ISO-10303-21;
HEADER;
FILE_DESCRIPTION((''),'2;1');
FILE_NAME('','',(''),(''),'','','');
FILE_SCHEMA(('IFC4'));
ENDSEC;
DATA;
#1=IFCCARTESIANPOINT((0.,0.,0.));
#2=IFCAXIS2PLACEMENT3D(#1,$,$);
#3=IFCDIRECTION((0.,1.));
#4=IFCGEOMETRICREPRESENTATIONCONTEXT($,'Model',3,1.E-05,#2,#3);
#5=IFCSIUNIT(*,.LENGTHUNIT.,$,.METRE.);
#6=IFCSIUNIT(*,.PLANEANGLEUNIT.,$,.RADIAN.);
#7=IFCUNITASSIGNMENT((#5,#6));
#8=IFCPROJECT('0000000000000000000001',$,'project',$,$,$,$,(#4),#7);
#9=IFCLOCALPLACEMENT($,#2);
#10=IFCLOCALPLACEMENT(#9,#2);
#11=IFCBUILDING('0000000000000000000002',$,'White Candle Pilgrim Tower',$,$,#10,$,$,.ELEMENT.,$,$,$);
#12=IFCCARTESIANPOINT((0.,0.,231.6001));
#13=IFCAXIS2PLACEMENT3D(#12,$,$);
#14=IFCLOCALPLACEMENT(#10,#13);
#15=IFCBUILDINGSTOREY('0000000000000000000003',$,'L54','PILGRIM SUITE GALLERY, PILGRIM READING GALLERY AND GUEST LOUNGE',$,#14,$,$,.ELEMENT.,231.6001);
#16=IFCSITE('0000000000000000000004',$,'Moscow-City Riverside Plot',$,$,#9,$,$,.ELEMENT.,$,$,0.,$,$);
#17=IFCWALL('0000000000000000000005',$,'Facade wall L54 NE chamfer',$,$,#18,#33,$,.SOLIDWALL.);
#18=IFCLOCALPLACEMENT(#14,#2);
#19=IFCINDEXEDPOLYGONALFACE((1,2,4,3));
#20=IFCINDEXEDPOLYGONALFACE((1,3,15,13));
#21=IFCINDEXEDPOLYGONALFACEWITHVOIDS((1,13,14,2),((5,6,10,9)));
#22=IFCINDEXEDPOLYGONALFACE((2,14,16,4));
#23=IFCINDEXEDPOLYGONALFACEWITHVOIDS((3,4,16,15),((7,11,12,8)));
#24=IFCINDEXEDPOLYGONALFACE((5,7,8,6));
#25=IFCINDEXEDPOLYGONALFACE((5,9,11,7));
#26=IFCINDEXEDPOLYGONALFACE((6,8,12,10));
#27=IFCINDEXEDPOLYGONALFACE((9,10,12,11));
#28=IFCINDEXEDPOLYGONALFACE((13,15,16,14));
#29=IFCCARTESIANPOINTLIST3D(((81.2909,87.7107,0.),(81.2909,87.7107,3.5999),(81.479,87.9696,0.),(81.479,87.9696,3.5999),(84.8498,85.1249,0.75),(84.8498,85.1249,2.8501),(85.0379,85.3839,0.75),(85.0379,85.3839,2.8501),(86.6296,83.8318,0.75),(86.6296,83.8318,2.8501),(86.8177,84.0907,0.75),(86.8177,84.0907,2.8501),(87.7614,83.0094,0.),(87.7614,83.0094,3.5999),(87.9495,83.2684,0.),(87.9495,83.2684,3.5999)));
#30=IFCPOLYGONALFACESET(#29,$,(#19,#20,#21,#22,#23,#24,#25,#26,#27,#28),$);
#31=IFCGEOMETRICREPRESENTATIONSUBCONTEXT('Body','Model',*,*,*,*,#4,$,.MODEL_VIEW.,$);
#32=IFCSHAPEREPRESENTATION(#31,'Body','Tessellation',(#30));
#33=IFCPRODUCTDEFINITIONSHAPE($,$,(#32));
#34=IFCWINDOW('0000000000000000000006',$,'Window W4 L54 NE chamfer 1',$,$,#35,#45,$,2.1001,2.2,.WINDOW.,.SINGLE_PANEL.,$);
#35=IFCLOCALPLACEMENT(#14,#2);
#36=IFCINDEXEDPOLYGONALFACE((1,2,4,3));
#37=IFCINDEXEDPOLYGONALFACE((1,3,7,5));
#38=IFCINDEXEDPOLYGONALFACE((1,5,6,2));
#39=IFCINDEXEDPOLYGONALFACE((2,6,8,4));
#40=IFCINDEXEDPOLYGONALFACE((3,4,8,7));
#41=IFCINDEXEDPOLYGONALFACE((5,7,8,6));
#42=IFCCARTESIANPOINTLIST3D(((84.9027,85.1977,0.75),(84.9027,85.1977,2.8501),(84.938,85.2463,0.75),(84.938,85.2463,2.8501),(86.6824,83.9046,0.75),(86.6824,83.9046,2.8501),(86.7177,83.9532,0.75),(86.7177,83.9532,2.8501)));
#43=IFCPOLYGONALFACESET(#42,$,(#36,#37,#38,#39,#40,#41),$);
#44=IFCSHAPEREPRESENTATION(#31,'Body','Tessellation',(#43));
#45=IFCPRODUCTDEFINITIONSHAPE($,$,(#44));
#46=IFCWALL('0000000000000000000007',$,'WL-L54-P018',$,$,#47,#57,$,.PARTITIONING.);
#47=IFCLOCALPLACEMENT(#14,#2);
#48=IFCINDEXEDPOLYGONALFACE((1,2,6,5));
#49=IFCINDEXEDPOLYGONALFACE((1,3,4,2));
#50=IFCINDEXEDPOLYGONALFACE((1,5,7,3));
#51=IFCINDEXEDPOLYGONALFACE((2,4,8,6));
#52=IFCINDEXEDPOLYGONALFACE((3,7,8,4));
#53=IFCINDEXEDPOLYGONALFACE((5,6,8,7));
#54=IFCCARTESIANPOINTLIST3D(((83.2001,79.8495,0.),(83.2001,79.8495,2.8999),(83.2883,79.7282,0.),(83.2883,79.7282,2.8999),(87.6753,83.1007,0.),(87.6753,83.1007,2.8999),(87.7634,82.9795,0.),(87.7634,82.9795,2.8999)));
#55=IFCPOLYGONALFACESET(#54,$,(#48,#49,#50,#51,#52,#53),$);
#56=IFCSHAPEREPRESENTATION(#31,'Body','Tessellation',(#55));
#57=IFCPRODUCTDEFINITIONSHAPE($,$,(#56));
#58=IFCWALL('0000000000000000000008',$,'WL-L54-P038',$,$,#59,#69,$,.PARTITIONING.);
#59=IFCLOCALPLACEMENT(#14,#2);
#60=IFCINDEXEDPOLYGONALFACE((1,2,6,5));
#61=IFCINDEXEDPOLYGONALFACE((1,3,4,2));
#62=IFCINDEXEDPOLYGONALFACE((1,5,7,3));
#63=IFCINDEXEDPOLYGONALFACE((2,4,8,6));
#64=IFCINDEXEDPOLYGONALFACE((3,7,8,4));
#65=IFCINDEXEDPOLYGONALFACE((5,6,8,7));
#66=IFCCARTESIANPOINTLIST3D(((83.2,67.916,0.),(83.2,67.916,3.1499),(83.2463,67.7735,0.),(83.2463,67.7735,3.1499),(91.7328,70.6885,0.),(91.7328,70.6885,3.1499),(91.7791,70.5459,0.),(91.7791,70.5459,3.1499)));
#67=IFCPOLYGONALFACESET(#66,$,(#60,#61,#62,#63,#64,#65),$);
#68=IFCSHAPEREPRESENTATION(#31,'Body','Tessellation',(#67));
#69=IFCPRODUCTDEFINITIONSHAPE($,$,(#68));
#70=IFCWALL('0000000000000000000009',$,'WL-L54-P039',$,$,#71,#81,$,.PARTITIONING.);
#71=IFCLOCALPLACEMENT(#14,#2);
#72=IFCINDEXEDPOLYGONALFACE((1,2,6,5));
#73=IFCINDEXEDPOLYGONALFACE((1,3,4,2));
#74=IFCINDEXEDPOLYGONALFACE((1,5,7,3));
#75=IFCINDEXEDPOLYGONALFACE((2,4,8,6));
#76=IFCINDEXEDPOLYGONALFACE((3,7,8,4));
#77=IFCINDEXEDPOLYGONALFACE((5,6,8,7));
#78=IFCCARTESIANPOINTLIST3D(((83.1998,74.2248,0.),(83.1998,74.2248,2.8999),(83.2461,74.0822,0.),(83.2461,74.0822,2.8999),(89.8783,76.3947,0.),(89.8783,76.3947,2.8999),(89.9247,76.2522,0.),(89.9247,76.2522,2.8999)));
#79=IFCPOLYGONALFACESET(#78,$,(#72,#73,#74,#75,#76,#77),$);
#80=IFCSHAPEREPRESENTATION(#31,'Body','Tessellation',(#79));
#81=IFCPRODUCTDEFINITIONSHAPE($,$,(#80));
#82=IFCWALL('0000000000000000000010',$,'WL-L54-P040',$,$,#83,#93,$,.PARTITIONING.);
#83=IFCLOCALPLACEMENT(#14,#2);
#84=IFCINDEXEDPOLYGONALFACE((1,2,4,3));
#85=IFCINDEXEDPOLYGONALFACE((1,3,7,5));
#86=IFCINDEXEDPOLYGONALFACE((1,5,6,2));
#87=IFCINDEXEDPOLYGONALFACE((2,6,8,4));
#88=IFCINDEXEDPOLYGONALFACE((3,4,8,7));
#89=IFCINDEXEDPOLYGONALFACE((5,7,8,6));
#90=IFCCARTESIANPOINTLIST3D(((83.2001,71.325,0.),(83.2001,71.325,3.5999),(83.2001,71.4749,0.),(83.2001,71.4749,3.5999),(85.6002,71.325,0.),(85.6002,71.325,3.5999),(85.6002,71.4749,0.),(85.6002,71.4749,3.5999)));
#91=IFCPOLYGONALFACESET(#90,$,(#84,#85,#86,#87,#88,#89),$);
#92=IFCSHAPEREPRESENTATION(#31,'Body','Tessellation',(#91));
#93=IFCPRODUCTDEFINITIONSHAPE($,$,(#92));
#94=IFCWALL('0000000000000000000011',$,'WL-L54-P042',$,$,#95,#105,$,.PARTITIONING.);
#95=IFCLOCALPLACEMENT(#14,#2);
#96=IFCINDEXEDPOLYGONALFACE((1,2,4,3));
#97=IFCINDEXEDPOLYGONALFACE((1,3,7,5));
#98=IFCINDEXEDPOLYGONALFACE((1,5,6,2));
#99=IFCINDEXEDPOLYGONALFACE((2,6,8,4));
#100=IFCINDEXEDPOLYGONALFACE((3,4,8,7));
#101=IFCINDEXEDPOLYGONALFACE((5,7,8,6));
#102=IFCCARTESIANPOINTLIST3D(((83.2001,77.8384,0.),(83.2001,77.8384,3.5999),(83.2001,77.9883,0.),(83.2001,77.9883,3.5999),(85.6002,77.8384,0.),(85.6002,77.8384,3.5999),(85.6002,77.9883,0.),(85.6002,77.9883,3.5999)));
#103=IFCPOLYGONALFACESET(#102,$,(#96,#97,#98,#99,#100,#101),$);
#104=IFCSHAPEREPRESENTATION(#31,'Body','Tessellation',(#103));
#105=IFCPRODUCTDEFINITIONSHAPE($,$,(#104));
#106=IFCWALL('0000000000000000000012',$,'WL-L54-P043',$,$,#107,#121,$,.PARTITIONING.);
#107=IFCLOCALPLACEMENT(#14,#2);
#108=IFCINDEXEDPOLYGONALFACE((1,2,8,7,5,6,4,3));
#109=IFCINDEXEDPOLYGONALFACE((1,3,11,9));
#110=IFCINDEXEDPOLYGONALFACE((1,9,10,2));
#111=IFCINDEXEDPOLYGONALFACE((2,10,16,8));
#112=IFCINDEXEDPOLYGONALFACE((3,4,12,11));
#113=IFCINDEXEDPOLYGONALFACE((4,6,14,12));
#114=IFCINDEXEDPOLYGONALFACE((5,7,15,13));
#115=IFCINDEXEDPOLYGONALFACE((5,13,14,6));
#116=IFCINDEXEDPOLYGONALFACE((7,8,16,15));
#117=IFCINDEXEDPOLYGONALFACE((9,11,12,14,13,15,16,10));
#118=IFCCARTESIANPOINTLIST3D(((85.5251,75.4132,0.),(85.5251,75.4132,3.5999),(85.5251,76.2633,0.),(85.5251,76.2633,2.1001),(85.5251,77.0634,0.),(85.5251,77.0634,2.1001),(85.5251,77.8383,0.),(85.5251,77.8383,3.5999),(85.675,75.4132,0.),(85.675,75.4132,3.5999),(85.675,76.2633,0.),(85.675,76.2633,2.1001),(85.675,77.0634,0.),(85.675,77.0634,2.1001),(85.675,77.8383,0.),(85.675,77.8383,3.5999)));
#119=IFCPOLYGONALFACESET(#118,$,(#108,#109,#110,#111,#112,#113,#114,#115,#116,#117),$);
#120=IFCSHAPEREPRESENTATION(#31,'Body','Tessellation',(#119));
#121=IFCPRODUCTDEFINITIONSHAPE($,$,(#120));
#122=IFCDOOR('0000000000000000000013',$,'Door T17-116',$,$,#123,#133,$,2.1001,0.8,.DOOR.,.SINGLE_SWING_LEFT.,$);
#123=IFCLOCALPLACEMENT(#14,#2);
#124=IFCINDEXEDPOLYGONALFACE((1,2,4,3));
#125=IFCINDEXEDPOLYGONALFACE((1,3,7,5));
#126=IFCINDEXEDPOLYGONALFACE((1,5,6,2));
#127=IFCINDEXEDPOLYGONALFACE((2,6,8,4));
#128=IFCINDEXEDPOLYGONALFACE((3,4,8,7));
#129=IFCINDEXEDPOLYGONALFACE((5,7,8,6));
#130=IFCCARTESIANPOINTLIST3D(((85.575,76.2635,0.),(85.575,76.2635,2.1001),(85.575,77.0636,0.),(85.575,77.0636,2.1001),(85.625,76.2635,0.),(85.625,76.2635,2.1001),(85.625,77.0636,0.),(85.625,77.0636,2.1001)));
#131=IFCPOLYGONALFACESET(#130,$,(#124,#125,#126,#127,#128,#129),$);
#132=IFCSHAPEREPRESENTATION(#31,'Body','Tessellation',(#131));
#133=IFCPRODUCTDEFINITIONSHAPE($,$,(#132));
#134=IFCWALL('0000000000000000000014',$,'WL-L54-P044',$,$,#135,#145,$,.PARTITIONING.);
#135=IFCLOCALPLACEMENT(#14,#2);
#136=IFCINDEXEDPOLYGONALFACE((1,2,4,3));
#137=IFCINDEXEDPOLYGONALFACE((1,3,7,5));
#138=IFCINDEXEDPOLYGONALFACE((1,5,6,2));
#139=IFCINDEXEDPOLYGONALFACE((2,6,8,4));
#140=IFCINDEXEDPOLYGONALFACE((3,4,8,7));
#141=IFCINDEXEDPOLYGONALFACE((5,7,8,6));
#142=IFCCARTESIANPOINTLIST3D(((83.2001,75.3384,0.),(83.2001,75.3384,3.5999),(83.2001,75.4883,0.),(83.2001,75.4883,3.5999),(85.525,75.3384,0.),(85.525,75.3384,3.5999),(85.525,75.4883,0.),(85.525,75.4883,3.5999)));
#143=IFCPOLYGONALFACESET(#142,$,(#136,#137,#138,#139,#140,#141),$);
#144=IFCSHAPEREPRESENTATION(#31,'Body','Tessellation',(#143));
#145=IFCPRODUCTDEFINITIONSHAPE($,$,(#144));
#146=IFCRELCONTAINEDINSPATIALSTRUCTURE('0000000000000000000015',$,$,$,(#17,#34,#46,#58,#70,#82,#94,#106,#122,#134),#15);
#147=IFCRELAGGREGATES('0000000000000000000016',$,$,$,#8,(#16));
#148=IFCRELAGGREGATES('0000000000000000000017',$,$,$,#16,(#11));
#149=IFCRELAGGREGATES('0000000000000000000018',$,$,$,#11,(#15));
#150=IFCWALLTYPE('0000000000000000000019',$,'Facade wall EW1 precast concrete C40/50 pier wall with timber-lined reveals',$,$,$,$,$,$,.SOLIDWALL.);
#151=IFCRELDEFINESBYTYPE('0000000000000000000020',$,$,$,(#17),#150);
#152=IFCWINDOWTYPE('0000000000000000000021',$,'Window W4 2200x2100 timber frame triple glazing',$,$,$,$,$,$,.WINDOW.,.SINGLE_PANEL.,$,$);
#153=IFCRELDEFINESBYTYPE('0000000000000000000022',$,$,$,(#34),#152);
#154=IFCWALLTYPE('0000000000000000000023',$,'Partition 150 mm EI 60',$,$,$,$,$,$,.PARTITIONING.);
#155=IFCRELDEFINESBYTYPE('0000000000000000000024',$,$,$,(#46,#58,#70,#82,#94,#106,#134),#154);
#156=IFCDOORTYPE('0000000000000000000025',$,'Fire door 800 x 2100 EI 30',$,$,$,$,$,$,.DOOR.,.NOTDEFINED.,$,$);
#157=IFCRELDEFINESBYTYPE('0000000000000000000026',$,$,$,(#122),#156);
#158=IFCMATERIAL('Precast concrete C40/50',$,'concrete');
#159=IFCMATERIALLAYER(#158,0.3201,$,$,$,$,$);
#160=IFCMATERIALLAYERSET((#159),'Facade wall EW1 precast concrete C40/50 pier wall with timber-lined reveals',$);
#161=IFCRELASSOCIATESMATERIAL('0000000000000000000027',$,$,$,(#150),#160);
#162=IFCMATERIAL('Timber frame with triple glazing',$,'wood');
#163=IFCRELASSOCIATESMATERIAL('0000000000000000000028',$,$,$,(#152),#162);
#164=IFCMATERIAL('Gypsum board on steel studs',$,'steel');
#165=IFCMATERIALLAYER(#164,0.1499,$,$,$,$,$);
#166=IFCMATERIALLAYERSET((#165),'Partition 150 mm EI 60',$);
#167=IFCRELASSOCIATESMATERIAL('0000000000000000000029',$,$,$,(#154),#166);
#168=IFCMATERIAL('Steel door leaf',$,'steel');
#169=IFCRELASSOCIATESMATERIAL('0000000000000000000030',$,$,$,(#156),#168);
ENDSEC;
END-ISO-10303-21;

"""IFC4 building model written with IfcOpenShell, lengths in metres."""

from ifc_helpers import new_model, si_unit, direction, frame, frame_2d, origin, place, context, subcontext, project, spatial, rectangle, extrude, material, layer, layer_set, type_object, element, fill, save


model = new_model("IFC4")

# Units and contexts
model_context = context("Model", 3, precision=1e-05, world=origin(), true_north=direction((0.0, 1.0)))
body_context = subcontext(model_context, "Body", "Model", "MODEL_VIEW")
ifc_project = project(units=[si_unit("LENGTHUNIT", "METRE"), si_unit("PLANEANGLEUNIT", "RADIAN")], contexts=[model_context])

# Site, building, storey
site_placement = place(None, origin())
site = spatial("IfcSite", under=ifc_project, at=site_placement, Name="Moscow-City Riverside Plot", CompositionType="ELEMENT", RefElevation=0.0)
building_placement = place(site_placement, origin())
building = spatial("IfcBuilding", under=site, at=building_placement, Name="White Candle Pilgrim Tower", CompositionType="ELEMENT")
storey_placement = place(building_placement, frame((0.0, 0.0, 231.6001)))
storey = spatial("IfcBuildingStorey", under=building, at=storey_placement, Name="L54", Description="PILGRIM SUITE GALLERY, PILGRIM READING GALLERY AND GUEST LOUNGE", CompositionType="ELEMENT", Elevation=231.6001)

# Wall, opening, window
ifc_material_1 = material(Name="Precast concrete C40/50", Category="concrete")
ifc_layer_1 = layer(ifc_material_1, 0.3201)
ifc_layer_set_1 = layer_set([ifc_layer_1], Name="Facade wall EW1 precast concrete C40/50 pier wall with timber-lined reveals")
wall_type_1 = type_object("IfcWallType", Name="Facade wall EW1 precast concrete C40/50 pier wall with timber-lined reveals", PredefinedType="SOLIDWALL", material=ifc_layer_set_1)
wall_1_placement = place(storey_placement, frame((87.8555, 83.1389, 0.0), z_axis=(0.0, 0.0, 1.0), x_axis=(-0.809011, 0.587794, 0.0)))
wall_1 = element("IfcWall", 1, at=wall_1_placement, inside=storey, type_object=wall_type_1, Name="Facade wall L54 NE chamfer", PredefinedType="SOLIDWALL", context=body_context, shape_type="SweptSolid", body=[
    extrude(rectangle(XDim=7.998, YDim=0.3201, at=frame_2d((3.999, 0.0))), origin(), (0.0, 0.0, 1.0), 3.5999),
])
opening_1_placement = place(wall_1_placement, frame((1.3989, 0.0, 0.75)))
opening_1 = element("IfcOpeningElement", 2, at=opening_1_placement, cuts=wall_1, PredefinedType="OPENING", context=body_context, shape_type="SweptSolid", body=[
    extrude(rectangle(XDim=2.2, YDim=2.1001, at=frame_2d((1.1001, 1.05))), frame((0.0, 0.1699, 0.0), z_axis=(0.0, -1.0, 0.0), x_axis=(1.0, 0.0, 0.0)), (0.0, 0.0, 1.0), 0.3401),
])
ifc_material_2 = material(Name="Timber frame with triple glazing", Category="wood")
window_type = type_object("IfcWindowType", Name="Window W4 2200x2100 timber frame triple glazing", PartitioningType="SINGLE_PANEL", PredefinedType="WINDOW", material=ifc_material_2)
window_placement = place(opening_1_placement, origin())
window = element("IfcWindow", 3, at=window_placement, inside=storey, type_object=window_type, Name="Window W4 L54 NE chamfer 1", OverallHeight=2.1001, OverallWidth=2.2, PartitioningType="SINGLE_PANEL", PredefinedType="WINDOW", context=body_context, shape_type="SweptSolid", body=[
    extrude(rectangle(XDim=2.2, YDim=2.1001, at=frame_2d((1.1001, 1.05))), frame((0.0, 0.0701, 0.0), z_axis=(0.0, -1.0, 0.0), x_axis=(1.0, 0.0, 0.0)), (0.0, 0.0, 1.0), 0.0601),
])
fill(opening_1, window)

# Walls
ifc_material_3 = material(Name="Gypsum board on steel studs", Category="steel")
ifc_layer_2 = layer(ifc_material_3, 0.1499)
ifc_layer_set_2 = layer_set([ifc_layer_2], Name="Partition 150 mm EI 60")
wall_type_2 = type_object("IfcWallType", Name="Partition 150 mm EI 60", PredefinedType="PARTITIONING", material=ifc_layer_set_2)
wall_2_placement = place(storey_placement, frame((87.7192, 83.04, 0.0), z_axis=(0.0, 0.0, 1.0), x_axis=(-0.809028, -0.58777, 0.0)))
element("IfcWall", 4, at=wall_2_placement, inside=storey, type_object=wall_type_2, Name="WL-L54-P018", PredefinedType="PARTITIONING", context=body_context, shape_type="SweptSolid", body=[
    extrude(rectangle(XDim=5.5315, YDim=0.1499, at=frame_2d((2.7656, 0.0))), origin(), (0.0, 0.0, 1.0), 2.8999),
])
wall_3_placement = place(storey_placement, frame((91.7559, 70.6172, 0.0), z_axis=(0.0, 0.0, 1.0), x_axis=(-0.951056, -0.309018, 0.0)))
element("IfcWall", 5, at=wall_3_placement, inside=storey, type_object=wall_type_2, Name="WL-L54-P038", PredefinedType="PARTITIONING", context=body_context, shape_type="SweptSolid", body=[
    extrude(rectangle(XDim=8.9719, YDim=0.1499, at=frame_2d((4.4858, 0.0))), origin(), (0.0, 0.0, 1.0), 3.1499),
])
wall_4_placement = place(storey_placement, frame((89.9016, 76.3235, 0.0), z_axis=(0.0, 0.0, 1.0), x_axis=(-0.951058, -0.309011, 0.0)))
element("IfcWall", 6, at=wall_4_placement, inside=storey, type_object=wall_type_2, Name="WL-L54-P039", PredefinedType="PARTITIONING", context=body_context, shape_type="SweptSolid", body=[
    extrude(rectangle(XDim=7.0222, YDim=0.1499, at=frame_2d((3.5112, 0.0))), origin(), (0.0, 0.0, 1.0), 2.8999),
])
for number, where, z_axis, x_axis, name in (
    (7, (83.2, 71.3999, 0.0), (0.0, 0.0, 1.0), (1.0, 0.0, 0.0), "WL-L54-P040"),
    (8, (83.2, 77.9133, 0.0), (0.0, 0.0, 1.0), (1.0, 0.0, 0.0), "WL-L54-P042"),
):
    element("IfcWall", number, at=place(storey_placement, frame(where, z_axis=z_axis, x_axis=x_axis)), inside=storey, type_object=wall_type_2, Name=name, PredefinedType="PARTITIONING", context=body_context, shape_type="SweptSolid", body=[
        extrude(rectangle(XDim=2.4001, YDim=0.1499, at=frame_2d((1.2002, 0.0))), origin(), (0.0, 0.0, 1.0), 3.5999),
    ])

# Wall, opening, door
wall_5_placement = place(storey_placement, frame((85.6001, 75.4133, 0.0), z_axis=(0.0, 0.0, 1.0), x_axis=(0.0, 1.0, 0.0)))
wall_5 = element("IfcWall", 9, at=wall_5_placement, inside=storey, type_object=wall_type_2, Name="WL-L54-P043", PredefinedType="PARTITIONING", context=body_context, shape_type="SweptSolid", body=[
    extrude(rectangle(XDim=2.425, YDim=0.1499, at=frame_2d((1.2124, 0.0))), origin(), (0.0, 0.0, 1.0), 3.5999),
])
opening_2_placement = place(wall_5_placement, frame((0.8501, 0.0, 0.0)))
opening_2 = element("IfcOpeningElement", 10, at=opening_2_placement, cuts=wall_5, PredefinedType="OPENING", context=body_context, shape_type="SweptSolid", body=[
    extrude(rectangle(XDim=0.8, YDim=2.1001, at=frame_2d((0.3999, 1.05))), frame((0.0, 0.085, 0.0), z_axis=(0.0, -1.0, 0.0), x_axis=(1.0, 0.0, 0.0)), (0.0, 0.0, 1.0), 0.1699),
])
ifc_material_4 = material(Name="Steel door leaf", Category="steel")
door_type = type_object("IfcDoorType", Name="Fire door 800 x 2100 EI 30", OperationType="NOTDEFINED", PredefinedType="DOOR", material=ifc_material_4)
door_placement = place(opening_2_placement, frame((0.8, 0.0, 0.0), z_axis=(0.0, 0.0, 1.0), x_axis=(-1.0, 0.0, 0.0)))
door = element("IfcDoor", 11, at=door_placement, inside=storey, type_object=door_type, Name="Door T17-116", OperationType="SINGLE_SWING_LEFT", OverallHeight=2.1001, OverallWidth=0.8, PredefinedType="DOOR", context=body_context, shape_type="SweptSolid", body=[
    extrude(rectangle(XDim=0.8, YDim=2.1001, at=frame_2d((0.3999, 1.05))), frame((0.0, 0.0249, 0.0), z_axis=(0.0, -1.0, 0.0), x_axis=(1.0, 0.0, 0.0)), (0.0, 0.0, 1.0), 0.05),
])
fill(opening_2, door)

# Wall
wall_6_placement = place(storey_placement, frame((83.2, 75.4133, 0.0), z_axis=(0.0, 0.0, 1.0), x_axis=(1.0, 0.0, 0.0)))
element("IfcWall", 12, at=wall_6_placement, inside=storey, type_object=wall_type_2, Name="WL-L54-P044", PredefinedType="PARTITIONING", context=body_context, shape_type="SweptSolid", body=[
    extrude(rectangle(XDim=2.325, YDim=0.1499, at=frame_2d((1.1626, 0.0))), origin(), (0.0, 0.0, 1.0), 3.5999),
])

save(model, "model.ifc")
